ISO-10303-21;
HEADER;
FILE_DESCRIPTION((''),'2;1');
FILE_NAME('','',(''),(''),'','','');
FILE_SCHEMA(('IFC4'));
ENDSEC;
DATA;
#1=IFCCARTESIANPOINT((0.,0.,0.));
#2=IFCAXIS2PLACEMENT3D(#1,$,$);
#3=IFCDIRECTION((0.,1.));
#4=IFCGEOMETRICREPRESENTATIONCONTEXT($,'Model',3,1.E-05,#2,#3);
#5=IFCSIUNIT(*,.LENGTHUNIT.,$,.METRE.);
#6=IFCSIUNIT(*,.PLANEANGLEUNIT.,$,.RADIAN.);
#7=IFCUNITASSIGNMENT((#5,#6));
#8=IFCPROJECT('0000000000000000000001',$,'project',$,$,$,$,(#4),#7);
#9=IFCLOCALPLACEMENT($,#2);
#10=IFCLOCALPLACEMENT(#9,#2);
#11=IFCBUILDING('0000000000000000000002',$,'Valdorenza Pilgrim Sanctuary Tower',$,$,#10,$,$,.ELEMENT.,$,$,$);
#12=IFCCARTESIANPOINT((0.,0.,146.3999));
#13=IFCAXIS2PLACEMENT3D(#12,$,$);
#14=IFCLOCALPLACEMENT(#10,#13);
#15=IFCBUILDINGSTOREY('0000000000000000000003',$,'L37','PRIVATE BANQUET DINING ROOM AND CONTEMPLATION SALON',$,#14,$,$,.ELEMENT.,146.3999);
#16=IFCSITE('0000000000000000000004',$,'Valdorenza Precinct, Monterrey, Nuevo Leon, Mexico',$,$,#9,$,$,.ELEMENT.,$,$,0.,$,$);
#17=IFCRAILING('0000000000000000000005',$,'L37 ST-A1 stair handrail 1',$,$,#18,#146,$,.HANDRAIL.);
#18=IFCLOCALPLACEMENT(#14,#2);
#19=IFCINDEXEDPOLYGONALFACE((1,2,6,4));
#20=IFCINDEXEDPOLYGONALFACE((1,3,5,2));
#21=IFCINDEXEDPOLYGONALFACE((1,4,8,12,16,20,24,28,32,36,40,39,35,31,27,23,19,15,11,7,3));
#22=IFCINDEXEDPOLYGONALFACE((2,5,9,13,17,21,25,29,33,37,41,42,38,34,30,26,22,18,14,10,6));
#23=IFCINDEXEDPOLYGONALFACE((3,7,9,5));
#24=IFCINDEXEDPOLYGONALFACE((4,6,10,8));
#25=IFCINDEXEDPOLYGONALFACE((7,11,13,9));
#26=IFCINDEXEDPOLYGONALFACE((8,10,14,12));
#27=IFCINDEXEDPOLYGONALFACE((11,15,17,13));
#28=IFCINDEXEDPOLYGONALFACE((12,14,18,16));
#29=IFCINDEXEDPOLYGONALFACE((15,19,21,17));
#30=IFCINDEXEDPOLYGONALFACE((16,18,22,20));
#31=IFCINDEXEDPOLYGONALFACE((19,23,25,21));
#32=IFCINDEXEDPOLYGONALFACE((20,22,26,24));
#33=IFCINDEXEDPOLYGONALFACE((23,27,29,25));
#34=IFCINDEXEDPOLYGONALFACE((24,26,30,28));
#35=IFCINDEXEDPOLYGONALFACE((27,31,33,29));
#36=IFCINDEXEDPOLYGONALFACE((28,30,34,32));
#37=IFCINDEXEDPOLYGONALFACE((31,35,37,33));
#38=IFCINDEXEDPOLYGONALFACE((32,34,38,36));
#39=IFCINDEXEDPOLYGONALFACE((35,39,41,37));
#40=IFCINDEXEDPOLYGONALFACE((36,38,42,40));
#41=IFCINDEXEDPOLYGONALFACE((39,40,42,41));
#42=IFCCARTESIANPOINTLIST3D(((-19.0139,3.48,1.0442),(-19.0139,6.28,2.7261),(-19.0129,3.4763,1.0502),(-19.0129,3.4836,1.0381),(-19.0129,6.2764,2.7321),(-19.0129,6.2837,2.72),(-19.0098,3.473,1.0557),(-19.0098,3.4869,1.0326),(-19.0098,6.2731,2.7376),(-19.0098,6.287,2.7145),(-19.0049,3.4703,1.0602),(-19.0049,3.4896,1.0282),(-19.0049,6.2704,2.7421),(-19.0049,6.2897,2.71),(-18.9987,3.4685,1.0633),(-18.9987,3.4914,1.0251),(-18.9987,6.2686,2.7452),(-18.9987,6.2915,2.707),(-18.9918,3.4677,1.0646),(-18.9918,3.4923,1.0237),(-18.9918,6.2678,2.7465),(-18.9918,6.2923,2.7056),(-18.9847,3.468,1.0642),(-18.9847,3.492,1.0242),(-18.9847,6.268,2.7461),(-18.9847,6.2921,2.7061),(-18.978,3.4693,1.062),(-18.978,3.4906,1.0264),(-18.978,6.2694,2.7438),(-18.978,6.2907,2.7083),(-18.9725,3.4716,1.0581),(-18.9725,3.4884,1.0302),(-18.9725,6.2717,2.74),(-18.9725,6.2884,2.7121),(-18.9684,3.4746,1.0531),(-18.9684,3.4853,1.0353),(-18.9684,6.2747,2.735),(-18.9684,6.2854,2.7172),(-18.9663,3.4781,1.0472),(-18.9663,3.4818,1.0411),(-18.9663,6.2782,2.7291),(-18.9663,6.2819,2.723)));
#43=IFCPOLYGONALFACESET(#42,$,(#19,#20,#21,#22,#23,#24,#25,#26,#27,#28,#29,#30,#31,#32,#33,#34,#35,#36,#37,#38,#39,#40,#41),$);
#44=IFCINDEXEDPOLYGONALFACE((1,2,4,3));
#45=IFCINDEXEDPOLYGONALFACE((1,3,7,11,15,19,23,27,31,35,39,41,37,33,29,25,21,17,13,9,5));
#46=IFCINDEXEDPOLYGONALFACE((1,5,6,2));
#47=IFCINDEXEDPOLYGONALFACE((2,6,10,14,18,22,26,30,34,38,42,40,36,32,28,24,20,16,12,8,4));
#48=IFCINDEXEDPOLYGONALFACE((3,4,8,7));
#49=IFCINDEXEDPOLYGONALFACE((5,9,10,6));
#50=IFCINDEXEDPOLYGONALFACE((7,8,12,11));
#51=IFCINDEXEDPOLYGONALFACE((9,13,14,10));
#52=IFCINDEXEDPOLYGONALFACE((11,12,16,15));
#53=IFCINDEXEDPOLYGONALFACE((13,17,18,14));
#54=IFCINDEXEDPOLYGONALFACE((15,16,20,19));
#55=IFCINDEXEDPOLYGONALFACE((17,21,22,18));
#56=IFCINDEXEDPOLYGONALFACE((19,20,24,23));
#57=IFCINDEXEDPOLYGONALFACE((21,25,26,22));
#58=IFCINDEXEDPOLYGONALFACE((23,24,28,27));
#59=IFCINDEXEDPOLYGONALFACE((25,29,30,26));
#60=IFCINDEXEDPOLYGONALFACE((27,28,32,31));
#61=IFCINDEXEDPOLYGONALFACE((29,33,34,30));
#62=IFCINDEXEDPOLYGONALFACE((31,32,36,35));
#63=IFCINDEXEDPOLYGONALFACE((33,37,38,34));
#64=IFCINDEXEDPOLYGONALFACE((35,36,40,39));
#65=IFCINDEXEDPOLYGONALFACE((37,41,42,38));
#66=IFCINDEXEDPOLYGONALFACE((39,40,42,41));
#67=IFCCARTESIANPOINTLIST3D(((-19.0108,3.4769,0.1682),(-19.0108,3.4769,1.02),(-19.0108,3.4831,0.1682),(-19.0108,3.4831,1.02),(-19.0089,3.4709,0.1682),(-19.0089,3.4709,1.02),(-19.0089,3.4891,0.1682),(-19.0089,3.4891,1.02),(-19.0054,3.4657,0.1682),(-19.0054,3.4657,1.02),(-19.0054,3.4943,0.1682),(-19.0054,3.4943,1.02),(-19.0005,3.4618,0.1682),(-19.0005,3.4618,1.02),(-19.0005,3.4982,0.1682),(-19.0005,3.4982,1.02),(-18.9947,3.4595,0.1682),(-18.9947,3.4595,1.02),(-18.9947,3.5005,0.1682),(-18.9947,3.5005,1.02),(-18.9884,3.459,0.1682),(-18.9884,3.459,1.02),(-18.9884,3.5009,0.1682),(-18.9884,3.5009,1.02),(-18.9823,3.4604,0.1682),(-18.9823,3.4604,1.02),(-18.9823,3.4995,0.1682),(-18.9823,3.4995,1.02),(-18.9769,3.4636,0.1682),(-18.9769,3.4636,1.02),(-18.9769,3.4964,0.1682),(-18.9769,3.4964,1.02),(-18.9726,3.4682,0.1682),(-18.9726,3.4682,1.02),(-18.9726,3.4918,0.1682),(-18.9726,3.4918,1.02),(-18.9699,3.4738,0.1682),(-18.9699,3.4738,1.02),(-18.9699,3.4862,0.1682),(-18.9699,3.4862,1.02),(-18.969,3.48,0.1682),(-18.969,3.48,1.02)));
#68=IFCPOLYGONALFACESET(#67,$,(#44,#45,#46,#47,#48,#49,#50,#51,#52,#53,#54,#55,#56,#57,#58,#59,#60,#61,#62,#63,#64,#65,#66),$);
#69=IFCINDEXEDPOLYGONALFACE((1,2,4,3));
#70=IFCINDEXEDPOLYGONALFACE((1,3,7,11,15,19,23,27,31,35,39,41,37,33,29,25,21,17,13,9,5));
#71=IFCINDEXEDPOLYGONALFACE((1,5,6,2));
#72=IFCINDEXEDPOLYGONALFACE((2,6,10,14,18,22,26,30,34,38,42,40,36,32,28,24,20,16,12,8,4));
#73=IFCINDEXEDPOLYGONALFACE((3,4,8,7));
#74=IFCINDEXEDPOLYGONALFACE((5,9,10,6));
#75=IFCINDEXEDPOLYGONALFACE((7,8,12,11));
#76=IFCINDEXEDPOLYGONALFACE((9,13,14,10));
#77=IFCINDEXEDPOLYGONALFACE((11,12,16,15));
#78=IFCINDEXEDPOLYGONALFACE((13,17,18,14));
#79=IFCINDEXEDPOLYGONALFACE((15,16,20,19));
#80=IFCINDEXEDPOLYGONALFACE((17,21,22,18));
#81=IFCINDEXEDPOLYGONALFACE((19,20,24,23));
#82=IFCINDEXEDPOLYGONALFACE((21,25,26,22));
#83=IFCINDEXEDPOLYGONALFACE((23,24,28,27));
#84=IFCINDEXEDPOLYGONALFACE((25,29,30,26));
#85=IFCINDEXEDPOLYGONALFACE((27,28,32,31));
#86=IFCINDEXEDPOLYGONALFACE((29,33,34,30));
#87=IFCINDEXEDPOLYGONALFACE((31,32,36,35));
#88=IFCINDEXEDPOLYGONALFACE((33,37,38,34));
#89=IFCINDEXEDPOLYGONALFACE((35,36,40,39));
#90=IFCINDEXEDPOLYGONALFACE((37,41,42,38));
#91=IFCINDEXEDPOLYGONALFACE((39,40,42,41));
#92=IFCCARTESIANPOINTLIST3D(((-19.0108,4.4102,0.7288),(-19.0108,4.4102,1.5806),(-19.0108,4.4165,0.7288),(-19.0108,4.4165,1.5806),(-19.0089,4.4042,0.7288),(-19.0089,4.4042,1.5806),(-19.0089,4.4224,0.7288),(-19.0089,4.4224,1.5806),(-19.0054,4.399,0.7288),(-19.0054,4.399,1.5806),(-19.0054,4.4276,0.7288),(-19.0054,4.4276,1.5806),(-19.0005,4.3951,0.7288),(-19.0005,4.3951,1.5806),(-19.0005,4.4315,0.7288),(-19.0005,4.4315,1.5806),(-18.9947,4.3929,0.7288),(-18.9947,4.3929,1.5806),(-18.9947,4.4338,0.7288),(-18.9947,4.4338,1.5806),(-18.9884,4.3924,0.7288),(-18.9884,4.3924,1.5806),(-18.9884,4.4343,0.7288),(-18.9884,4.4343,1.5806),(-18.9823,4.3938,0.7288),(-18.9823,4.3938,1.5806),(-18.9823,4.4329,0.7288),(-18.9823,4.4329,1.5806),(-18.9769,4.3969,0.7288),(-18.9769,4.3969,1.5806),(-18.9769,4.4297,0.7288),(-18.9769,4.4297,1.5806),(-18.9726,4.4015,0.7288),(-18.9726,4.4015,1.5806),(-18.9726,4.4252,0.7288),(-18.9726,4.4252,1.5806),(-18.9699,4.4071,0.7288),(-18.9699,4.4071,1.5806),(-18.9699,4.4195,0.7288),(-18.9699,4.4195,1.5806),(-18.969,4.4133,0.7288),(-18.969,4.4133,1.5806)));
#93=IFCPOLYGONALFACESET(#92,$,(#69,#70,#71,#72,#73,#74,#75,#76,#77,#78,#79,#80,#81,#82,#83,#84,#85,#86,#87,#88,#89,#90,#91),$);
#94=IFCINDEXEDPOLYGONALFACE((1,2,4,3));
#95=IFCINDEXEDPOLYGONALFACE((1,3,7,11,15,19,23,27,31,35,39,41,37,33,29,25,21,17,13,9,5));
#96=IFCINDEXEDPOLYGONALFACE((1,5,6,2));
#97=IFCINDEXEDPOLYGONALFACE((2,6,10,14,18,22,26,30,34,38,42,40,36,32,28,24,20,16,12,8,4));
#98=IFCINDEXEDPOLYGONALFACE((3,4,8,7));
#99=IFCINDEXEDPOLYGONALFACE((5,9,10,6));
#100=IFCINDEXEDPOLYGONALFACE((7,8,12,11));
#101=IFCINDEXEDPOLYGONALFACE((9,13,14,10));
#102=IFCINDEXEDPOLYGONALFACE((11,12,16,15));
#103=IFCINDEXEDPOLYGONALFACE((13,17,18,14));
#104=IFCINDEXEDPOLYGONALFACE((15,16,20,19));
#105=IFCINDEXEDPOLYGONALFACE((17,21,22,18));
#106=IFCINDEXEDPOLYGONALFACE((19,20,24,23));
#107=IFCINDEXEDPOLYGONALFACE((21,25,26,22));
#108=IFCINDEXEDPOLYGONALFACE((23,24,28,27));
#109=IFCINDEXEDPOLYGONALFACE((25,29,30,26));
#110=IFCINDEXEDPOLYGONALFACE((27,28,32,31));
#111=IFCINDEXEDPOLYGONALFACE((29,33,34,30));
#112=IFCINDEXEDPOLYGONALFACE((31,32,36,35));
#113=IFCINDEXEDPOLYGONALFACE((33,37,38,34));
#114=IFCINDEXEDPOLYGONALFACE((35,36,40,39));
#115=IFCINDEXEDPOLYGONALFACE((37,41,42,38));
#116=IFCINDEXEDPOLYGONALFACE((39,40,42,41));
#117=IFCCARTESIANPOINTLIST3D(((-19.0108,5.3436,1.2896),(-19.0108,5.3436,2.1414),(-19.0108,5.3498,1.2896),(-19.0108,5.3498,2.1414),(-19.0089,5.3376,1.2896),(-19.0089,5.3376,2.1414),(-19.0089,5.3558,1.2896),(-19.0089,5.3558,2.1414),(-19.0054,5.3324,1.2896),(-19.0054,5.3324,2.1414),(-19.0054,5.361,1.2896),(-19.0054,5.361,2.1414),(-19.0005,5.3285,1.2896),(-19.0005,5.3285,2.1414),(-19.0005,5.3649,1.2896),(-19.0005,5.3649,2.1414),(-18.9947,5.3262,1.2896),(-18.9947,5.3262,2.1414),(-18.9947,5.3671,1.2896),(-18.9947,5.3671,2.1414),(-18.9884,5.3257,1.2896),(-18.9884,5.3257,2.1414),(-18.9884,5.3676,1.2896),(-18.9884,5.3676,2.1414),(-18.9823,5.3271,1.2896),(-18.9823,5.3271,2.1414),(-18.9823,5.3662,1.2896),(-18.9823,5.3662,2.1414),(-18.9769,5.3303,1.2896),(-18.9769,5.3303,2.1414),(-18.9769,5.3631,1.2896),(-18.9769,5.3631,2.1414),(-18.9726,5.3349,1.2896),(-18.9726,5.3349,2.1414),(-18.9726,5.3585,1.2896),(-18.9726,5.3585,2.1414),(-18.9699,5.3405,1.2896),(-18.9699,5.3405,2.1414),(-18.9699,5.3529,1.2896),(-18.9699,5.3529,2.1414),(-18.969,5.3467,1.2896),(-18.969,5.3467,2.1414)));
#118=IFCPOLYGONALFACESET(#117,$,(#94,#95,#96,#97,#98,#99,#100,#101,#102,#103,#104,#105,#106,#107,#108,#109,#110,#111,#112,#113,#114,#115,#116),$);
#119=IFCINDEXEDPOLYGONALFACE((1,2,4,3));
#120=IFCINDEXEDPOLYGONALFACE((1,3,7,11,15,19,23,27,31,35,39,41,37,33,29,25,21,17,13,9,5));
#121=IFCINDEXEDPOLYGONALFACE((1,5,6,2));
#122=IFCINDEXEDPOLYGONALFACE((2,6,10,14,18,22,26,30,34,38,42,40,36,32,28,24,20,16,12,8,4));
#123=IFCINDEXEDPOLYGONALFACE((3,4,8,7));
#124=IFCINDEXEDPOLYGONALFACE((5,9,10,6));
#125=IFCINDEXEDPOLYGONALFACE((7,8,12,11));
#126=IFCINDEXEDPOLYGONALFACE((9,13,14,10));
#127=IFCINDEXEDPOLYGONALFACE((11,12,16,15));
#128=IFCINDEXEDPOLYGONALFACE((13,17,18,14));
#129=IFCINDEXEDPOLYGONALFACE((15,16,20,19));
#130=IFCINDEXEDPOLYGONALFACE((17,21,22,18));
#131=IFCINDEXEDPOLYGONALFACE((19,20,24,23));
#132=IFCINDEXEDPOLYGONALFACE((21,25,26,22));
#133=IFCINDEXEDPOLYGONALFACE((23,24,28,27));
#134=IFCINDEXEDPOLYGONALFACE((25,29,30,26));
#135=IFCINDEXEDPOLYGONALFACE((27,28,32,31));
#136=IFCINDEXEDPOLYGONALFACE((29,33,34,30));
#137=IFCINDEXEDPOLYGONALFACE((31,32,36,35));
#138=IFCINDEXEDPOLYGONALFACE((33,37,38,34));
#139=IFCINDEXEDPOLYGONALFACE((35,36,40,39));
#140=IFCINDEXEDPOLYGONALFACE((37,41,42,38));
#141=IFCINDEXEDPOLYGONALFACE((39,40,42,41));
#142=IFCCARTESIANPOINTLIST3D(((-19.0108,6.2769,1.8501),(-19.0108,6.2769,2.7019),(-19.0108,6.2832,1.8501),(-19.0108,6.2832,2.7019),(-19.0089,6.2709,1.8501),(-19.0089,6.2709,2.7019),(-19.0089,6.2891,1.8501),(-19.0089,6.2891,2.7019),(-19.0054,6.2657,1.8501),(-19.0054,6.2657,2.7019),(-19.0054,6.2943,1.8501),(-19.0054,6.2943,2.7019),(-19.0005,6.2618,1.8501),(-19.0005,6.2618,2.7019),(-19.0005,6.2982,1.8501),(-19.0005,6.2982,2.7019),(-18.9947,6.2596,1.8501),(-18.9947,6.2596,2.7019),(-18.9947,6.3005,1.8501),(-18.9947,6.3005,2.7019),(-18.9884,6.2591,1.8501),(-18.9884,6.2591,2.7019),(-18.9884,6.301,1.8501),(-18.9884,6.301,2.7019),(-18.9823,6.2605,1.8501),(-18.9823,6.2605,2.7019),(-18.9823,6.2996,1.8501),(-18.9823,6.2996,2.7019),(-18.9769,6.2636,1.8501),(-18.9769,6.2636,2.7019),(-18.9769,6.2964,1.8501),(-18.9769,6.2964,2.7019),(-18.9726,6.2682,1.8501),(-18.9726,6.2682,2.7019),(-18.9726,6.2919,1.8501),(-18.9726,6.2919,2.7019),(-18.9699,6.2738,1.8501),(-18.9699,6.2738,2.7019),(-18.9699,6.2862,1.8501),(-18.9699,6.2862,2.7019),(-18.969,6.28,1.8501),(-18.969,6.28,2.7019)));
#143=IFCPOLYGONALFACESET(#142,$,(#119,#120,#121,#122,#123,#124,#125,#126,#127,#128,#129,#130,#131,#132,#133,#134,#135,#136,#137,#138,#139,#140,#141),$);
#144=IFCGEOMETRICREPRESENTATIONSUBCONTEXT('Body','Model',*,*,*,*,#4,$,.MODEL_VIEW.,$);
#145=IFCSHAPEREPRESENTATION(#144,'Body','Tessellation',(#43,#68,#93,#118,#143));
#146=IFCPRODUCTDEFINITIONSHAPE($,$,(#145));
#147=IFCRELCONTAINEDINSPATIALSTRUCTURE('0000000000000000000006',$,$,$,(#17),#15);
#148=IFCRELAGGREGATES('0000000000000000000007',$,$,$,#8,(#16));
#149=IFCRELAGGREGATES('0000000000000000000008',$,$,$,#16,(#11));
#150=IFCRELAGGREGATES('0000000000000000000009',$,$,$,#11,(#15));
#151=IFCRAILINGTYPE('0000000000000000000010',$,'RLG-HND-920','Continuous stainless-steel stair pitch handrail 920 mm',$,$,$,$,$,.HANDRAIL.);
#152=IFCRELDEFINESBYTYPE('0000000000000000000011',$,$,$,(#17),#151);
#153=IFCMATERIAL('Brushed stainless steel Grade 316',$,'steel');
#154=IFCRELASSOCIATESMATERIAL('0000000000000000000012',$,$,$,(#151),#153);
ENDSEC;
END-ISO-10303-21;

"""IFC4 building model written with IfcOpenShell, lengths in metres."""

from ifc_helpers import new_model, si_unit, direction, frame, origin, origin_2d, place, context, subcontext, project, spatial, circle, extrude, material, type_object, element, save


model = new_model("IFC4")

# Units and contexts
model_context = context("Model", 3, precision=1e-05, world=origin(), true_north=direction((0.0, 1.0)))
body_context = subcontext(model_context, "Body", "Model", "MODEL_VIEW")
ifc_project = project(units=[si_unit("LENGTHUNIT", "METRE"), si_unit("PLANEANGLEUNIT", "RADIAN")], contexts=[model_context])

# Site, building, storey
site_placement = place(None, origin())
site = spatial("IfcSite", under=ifc_project, at=site_placement, Name="Valdorenza Precinct, Monterrey, Nuevo Leon, Mexico", CompositionType="ELEMENT", RefElevation=0.0)
building_placement = place(site_placement, origin())
building = spatial("IfcBuilding", under=site, at=building_placement, Name="Valdorenza Pilgrim Sanctuary Tower", CompositionType="ELEMENT")
storey_placement = place(building_placement, frame((0.0, 0.0, 146.3999)))
storey = spatial("IfcBuildingStorey", under=building, at=storey_placement, Name="L37", Description="PRIVATE BANQUET DINING ROOM AND CONTEMPLATION SALON", CompositionType="ELEMENT", Elevation=146.3999)

# Shared definitions
ifc_material_1 = material(Name="Brushed stainless steel Grade 316", Category="steel")

# Railing
railing_type_1 = type_object("IfcRailingType", Name="RLG-HND-920", Description="Continuous stainless-steel stair pitch handrail 920 mm", PredefinedType="HANDRAIL", material=ifc_material_1)
railing_1_placement = place(storey_placement, frame((-18.99, 3.48, 0.1682)))
element("IfcRailing", 1, at=railing_1_placement, inside=storey, type_object=railing_type_1, Name="L37 ST-A1 stair handrail 1", PredefinedType="HANDRAIL", context=body_context, shape_type="SweptSolid", body=[
    extrude(circle(Radius=0.0239, at=origin_2d()), frame((0.0, 0.0, 0.876), z_axis=(0.0, 0.857242, 0.514913), x_axis=(-1.0, 0.0, 0.0)), (0.0, 0.0, 1.0), 3.2664),
    extrude(circle(Radius=0.021, at=origin_2d()), origin(), (0.0, 0.0, 1.0), 0.8518),
    extrude(circle(Radius=0.021, at=origin_2d()), frame((0.0, 0.9333, 0.5605)), (0.0, 0.0, 1.0), 0.8518),
    extrude(circle(Radius=0.021, at=origin_2d()), frame((0.0, 1.8667, 1.1213)), (0.0, 0.0, 1.0), 0.8518),
    extrude(circle(Radius=0.021, at=origin_2d()), frame((0.0, 2.8, 1.6819)), (0.0, 0.0, 1.0), 0.8518),
])

save(model, "model.ifc")
